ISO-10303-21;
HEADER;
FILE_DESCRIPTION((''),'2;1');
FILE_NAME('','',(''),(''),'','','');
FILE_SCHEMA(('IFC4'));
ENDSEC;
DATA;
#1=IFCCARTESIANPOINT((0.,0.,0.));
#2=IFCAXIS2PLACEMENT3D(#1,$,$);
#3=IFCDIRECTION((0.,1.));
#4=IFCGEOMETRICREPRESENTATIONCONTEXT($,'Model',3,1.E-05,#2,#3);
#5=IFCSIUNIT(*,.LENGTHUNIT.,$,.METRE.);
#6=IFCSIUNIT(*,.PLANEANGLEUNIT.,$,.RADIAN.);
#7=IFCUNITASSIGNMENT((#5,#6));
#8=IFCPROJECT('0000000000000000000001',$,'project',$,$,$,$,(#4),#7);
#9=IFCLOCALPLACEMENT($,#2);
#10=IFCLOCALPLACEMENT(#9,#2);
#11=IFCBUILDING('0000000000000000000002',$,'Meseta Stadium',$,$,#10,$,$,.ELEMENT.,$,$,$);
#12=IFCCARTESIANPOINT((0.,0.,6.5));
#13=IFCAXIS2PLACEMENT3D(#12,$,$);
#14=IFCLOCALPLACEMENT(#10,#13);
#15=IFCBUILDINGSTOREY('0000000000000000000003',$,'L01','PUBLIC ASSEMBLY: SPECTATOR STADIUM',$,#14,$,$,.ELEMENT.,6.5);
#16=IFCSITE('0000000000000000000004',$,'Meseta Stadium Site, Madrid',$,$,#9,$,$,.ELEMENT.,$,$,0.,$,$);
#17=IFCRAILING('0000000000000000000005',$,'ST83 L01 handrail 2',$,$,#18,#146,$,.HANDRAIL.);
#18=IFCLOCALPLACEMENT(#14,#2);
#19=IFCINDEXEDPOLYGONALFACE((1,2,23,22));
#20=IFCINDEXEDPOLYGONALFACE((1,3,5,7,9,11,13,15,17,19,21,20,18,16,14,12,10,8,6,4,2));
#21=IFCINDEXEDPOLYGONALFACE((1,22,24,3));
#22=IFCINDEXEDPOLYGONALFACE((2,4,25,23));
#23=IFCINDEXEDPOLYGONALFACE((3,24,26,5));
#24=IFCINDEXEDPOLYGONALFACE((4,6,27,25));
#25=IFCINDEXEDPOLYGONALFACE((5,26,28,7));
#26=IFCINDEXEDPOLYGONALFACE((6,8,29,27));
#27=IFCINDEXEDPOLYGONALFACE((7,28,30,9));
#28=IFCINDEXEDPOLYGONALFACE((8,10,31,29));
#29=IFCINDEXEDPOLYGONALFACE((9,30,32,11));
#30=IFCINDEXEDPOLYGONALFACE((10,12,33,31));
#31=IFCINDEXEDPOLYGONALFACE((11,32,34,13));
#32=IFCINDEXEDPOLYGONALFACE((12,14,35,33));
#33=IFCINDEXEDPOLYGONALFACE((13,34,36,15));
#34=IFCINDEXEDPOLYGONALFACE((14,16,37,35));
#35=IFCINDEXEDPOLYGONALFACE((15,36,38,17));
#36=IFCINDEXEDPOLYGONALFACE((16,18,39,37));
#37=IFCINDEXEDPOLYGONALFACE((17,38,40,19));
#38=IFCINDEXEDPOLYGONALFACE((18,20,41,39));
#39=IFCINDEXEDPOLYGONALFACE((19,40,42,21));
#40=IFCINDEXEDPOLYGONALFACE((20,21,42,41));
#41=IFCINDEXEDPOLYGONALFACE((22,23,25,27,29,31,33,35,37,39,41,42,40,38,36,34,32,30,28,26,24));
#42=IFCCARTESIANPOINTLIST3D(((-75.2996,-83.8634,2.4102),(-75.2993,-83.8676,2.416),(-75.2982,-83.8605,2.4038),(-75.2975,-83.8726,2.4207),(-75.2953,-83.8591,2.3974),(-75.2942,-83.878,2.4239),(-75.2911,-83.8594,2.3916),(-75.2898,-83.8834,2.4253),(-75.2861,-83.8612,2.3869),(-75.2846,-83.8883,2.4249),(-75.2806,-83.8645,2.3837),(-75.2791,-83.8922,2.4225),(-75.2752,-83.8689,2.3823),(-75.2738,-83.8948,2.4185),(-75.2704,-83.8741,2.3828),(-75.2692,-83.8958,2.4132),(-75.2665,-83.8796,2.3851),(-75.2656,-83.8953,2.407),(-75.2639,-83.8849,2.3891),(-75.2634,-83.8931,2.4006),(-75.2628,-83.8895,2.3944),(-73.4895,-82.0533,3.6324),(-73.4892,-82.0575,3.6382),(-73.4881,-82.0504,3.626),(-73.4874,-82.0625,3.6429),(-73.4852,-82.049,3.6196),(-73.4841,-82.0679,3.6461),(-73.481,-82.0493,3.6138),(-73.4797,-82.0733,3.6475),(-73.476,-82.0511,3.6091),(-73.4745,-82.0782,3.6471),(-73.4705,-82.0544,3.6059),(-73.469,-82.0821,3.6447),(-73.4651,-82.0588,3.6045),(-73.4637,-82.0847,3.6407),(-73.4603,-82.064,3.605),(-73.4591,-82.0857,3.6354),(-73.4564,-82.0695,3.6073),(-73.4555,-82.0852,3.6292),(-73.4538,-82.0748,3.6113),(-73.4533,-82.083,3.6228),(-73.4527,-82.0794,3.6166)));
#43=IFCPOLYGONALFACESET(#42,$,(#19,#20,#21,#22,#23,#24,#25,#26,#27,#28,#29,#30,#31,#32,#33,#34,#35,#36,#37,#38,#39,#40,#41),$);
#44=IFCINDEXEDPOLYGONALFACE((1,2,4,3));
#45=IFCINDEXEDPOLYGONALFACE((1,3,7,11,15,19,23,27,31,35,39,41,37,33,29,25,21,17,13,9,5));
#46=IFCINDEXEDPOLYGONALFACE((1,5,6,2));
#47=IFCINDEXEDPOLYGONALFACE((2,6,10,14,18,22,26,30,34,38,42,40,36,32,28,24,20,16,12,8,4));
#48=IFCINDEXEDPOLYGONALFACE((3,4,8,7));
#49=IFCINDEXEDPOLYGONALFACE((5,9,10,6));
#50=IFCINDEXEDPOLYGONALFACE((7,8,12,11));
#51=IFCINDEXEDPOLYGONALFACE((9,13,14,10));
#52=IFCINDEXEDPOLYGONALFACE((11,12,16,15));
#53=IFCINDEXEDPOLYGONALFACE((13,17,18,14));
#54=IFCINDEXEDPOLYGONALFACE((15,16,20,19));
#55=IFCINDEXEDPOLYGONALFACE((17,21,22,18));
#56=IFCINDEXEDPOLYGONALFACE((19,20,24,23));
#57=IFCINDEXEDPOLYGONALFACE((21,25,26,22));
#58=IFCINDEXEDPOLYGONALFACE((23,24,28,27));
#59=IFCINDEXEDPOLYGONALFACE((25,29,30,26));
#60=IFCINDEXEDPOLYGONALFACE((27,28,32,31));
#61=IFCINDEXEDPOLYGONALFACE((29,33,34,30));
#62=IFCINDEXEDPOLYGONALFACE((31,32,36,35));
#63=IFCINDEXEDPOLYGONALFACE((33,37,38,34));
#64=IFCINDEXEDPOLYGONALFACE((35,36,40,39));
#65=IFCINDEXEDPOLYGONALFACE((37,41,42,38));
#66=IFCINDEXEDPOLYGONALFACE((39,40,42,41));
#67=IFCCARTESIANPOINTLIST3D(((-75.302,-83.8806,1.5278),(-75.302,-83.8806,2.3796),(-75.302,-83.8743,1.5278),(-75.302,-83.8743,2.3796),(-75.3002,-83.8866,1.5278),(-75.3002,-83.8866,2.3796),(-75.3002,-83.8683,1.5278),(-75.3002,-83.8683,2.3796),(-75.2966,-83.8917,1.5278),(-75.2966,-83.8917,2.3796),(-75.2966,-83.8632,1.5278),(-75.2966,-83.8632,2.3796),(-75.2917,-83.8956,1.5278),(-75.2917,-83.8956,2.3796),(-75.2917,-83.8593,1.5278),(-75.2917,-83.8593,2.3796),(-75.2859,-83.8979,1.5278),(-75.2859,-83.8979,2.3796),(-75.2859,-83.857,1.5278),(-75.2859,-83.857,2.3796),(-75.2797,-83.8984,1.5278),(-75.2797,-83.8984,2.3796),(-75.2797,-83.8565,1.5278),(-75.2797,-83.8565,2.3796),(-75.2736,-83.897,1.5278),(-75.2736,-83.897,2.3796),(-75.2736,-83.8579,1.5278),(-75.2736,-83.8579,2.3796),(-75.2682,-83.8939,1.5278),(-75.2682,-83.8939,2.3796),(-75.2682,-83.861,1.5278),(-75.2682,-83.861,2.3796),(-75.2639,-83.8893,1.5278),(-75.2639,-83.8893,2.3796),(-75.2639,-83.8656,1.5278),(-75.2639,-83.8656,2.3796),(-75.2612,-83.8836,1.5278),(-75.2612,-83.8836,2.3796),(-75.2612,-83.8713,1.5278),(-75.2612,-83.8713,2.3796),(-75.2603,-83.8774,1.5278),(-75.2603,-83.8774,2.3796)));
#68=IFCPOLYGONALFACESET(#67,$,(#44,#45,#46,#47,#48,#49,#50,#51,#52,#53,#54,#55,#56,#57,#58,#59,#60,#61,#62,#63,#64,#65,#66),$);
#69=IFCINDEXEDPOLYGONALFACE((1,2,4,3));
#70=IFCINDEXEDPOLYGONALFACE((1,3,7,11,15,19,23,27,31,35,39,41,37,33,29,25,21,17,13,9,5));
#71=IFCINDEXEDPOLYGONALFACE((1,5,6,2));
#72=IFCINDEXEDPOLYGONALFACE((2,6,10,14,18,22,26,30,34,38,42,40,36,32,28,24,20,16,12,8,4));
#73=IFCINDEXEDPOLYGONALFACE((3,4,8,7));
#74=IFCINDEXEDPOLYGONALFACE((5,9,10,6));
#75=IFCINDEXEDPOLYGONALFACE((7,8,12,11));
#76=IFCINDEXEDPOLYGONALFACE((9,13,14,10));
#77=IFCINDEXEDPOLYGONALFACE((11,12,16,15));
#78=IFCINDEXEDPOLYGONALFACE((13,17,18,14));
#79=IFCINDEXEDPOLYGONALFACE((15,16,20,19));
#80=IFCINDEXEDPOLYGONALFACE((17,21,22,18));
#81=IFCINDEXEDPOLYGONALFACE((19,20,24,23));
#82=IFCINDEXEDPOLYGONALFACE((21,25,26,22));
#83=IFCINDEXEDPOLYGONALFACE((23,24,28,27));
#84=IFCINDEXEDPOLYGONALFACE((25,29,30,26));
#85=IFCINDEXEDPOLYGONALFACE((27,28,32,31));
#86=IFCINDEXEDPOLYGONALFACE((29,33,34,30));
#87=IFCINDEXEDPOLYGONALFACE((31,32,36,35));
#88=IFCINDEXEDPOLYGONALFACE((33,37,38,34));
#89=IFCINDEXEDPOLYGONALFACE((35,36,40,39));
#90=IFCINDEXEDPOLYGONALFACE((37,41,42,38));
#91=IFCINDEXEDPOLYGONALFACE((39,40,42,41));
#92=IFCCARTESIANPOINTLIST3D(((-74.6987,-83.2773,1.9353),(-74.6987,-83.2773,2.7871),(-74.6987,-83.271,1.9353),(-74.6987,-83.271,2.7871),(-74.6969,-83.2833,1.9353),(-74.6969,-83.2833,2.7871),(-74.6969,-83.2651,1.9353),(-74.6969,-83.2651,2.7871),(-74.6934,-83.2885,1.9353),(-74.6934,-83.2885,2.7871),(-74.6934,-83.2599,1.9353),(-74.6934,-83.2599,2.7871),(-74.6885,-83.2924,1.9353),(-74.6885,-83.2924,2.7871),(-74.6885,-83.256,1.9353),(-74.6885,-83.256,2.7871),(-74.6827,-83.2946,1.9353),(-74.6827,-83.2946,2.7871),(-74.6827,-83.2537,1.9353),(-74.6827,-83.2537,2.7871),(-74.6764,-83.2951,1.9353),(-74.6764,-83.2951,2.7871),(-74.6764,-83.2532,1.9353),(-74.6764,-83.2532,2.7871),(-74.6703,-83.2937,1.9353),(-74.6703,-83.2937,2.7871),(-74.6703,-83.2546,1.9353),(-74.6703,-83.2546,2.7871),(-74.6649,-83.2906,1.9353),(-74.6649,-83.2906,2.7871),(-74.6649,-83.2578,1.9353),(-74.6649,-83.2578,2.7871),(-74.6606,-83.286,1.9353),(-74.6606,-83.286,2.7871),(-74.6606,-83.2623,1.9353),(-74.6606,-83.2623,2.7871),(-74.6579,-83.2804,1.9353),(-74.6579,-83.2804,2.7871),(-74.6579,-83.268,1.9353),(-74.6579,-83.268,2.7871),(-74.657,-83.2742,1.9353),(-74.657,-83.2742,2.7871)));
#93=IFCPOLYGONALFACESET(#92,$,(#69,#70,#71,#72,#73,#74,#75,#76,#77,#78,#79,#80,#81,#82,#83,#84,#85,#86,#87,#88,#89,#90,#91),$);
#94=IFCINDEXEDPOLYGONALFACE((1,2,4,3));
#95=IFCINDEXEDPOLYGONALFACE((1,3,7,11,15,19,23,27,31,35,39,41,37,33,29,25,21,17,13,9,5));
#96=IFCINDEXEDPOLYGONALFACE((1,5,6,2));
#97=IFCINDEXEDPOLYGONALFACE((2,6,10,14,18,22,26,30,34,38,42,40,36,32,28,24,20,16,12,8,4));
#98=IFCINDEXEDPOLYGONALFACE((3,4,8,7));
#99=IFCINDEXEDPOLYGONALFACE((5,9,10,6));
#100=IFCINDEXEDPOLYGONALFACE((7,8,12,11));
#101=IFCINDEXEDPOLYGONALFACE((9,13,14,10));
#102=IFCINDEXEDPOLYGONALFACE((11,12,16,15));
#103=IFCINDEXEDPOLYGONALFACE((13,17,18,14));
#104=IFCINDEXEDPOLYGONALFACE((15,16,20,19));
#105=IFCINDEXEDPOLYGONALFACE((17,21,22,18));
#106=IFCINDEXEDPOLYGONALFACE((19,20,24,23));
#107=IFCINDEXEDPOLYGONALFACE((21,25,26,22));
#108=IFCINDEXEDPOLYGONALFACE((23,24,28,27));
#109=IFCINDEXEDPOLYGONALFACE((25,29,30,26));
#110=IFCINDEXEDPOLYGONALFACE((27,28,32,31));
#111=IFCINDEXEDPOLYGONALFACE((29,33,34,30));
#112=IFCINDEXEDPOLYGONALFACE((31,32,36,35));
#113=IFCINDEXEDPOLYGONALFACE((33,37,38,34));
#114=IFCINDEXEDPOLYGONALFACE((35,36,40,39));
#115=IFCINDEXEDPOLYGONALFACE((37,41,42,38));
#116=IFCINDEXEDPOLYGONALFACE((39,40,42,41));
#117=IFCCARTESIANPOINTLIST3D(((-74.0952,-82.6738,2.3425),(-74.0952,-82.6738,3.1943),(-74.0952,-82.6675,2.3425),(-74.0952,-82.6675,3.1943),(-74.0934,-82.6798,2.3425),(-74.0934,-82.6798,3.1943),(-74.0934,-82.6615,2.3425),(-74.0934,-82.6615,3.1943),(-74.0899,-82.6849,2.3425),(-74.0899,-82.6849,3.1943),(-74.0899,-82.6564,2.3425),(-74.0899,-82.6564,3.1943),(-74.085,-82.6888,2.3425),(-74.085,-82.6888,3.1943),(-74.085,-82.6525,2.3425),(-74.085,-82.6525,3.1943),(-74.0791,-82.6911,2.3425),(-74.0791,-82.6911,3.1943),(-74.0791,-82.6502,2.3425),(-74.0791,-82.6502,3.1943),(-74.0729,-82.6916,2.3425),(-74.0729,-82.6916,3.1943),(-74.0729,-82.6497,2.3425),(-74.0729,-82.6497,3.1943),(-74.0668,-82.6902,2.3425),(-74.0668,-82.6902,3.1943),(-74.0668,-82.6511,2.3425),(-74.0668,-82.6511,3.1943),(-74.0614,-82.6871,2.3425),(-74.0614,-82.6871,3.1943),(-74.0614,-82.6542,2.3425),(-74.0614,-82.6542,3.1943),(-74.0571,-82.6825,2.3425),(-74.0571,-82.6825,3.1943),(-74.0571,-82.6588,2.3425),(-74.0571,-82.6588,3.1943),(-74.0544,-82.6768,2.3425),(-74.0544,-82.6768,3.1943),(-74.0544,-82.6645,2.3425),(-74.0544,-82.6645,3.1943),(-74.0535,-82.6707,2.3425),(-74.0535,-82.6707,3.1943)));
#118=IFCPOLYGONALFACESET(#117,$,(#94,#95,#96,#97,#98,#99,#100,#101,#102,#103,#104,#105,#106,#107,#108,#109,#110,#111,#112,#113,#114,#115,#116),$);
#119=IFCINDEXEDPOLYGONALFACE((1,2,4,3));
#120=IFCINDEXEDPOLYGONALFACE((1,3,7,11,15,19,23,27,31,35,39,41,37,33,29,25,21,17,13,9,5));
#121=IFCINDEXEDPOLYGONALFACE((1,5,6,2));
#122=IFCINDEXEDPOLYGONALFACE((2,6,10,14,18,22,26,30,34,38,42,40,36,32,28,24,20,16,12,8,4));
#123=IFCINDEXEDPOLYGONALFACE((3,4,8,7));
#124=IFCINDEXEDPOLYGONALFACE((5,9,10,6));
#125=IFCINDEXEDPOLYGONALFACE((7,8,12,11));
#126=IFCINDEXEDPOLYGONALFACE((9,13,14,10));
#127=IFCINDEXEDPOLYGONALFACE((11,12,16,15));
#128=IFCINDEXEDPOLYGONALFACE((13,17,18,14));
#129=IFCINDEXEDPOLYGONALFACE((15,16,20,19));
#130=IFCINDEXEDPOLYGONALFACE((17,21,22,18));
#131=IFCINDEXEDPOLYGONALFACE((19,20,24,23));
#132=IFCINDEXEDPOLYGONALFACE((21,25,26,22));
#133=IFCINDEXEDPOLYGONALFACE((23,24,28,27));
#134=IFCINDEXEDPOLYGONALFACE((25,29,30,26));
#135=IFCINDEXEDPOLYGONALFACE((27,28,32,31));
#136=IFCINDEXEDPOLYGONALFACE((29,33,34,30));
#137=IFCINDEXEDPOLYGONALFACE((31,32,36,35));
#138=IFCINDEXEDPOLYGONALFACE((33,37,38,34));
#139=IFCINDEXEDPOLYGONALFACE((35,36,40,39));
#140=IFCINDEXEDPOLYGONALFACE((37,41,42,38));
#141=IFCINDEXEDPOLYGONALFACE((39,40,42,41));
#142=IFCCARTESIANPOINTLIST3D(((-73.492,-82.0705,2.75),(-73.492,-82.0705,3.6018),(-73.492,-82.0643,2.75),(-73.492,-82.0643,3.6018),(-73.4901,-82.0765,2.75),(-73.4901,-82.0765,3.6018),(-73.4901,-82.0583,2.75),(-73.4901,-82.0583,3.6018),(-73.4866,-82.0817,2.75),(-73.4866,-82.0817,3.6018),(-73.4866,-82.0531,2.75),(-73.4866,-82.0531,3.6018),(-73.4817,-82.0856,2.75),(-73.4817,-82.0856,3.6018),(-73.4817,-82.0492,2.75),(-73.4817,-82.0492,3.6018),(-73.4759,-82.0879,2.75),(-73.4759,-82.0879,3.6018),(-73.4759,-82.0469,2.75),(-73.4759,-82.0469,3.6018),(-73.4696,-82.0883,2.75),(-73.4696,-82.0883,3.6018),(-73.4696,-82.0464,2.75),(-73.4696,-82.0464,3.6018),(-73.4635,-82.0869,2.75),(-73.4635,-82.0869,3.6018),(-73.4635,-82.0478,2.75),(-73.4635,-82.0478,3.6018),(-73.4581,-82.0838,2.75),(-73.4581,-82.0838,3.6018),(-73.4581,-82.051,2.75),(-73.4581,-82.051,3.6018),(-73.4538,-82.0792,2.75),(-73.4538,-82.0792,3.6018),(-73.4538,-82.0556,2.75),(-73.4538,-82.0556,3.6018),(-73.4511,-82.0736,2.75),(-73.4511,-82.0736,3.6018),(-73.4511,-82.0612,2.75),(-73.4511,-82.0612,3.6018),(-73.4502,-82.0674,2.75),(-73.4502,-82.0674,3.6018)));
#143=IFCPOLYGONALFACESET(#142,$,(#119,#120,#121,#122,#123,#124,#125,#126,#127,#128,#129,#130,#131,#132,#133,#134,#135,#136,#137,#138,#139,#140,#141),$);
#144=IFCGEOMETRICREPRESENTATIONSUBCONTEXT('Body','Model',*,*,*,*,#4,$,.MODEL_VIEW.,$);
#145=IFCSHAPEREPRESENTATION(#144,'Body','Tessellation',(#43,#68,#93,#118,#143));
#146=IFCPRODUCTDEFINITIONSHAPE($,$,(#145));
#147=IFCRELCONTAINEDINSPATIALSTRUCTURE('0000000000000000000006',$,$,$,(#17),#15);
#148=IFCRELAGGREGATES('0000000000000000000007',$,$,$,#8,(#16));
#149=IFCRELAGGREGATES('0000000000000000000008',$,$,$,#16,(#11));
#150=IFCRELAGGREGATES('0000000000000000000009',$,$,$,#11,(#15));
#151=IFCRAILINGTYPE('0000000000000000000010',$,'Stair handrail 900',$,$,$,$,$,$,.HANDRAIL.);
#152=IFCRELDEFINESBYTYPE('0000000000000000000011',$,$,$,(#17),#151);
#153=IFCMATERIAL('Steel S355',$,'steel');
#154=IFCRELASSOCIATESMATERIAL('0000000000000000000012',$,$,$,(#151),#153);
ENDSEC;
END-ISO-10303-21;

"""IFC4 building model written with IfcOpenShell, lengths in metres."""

from ifc_helpers import new_model, si_unit, direction, frame, origin, origin_2d, place, context, subcontext, project, spatial, circle, extrude, material, type_object, element, save


model = new_model("IFC4")

# Units and contexts
model_context = context("Model", 3, precision=1e-05, world=origin(), true_north=direction((0.0, 1.0)))
body_context = subcontext(model_context, "Body", "Model", "MODEL_VIEW")
ifc_project = project(units=[si_unit("LENGTHUNIT", "METRE"), si_unit("PLANEANGLEUNIT", "RADIAN")], contexts=[model_context])

# Site, building, storey
site_placement = place(None, origin())
site = spatial("IfcSite", under=ifc_project, at=site_placement, Name="Meseta Stadium Site, Madrid", CompositionType="ELEMENT", RefElevation=0.0)
building_placement = place(site_placement, origin())
building = spatial("IfcBuilding", under=site, at=building_placement, Name="Meseta Stadium", CompositionType="ELEMENT")
storey_placement = place(building_placement, frame((0.0, 0.0, 6.5)))
storey = spatial("IfcBuildingStorey", under=building, at=storey_placement, Name="L01", Description="PUBLIC ASSEMBLY: SPECTATOR STADIUM", CompositionType="ELEMENT", Elevation=6.5)

# Railing
ifc_material_1 = material(Name="Steel S355", Category="steel")
railing_type_1 = type_object("IfcRailingType", Name="Stair handrail 900", PredefinedType="HANDRAIL", material=ifc_material_1)
for number, where, name in (
    (1, (-75.2812, -83.8774, 1.5278), "ST83 L01 handrail 2"),
):
    element("IfcRailing", number, at=place(storey_placement, frame(where)), inside=storey, type_object=railing_type_1, Name=name, PredefinedType="HANDRAIL", context=body_context, shape_type="SweptSolid", body=[
        extrude(circle(Radius=0.0239, at=origin_2d()), frame((0.0, 0.0, 0.876), z_axis=(0.638108, 0.638108, 0.430856), x_axis=(-0.707107, 0.707107, 0.0)), (0.0, 0.0, 1.0), 2.8367),
        extrude(circle(Radius=0.021, at=origin_2d()), origin(), (0.0, 0.0, 1.0), 0.8518),
        extrude(circle(Radius=0.021, at=origin_2d()), frame((0.6033, 0.6033, 0.4075)), (0.0, 0.0, 1.0), 0.8518),
        extrude(circle(Radius=0.021, at=origin_2d()), frame((1.2068, 1.2068, 0.8147)), (0.0, 0.0, 1.0), 0.8518),
        extrude(circle(Radius=0.021, at=origin_2d()), frame((1.8101, 1.8101, 1.2222)), (0.0, 0.0, 1.0), 0.8518),
    ])

save(model, "model.ifc")
